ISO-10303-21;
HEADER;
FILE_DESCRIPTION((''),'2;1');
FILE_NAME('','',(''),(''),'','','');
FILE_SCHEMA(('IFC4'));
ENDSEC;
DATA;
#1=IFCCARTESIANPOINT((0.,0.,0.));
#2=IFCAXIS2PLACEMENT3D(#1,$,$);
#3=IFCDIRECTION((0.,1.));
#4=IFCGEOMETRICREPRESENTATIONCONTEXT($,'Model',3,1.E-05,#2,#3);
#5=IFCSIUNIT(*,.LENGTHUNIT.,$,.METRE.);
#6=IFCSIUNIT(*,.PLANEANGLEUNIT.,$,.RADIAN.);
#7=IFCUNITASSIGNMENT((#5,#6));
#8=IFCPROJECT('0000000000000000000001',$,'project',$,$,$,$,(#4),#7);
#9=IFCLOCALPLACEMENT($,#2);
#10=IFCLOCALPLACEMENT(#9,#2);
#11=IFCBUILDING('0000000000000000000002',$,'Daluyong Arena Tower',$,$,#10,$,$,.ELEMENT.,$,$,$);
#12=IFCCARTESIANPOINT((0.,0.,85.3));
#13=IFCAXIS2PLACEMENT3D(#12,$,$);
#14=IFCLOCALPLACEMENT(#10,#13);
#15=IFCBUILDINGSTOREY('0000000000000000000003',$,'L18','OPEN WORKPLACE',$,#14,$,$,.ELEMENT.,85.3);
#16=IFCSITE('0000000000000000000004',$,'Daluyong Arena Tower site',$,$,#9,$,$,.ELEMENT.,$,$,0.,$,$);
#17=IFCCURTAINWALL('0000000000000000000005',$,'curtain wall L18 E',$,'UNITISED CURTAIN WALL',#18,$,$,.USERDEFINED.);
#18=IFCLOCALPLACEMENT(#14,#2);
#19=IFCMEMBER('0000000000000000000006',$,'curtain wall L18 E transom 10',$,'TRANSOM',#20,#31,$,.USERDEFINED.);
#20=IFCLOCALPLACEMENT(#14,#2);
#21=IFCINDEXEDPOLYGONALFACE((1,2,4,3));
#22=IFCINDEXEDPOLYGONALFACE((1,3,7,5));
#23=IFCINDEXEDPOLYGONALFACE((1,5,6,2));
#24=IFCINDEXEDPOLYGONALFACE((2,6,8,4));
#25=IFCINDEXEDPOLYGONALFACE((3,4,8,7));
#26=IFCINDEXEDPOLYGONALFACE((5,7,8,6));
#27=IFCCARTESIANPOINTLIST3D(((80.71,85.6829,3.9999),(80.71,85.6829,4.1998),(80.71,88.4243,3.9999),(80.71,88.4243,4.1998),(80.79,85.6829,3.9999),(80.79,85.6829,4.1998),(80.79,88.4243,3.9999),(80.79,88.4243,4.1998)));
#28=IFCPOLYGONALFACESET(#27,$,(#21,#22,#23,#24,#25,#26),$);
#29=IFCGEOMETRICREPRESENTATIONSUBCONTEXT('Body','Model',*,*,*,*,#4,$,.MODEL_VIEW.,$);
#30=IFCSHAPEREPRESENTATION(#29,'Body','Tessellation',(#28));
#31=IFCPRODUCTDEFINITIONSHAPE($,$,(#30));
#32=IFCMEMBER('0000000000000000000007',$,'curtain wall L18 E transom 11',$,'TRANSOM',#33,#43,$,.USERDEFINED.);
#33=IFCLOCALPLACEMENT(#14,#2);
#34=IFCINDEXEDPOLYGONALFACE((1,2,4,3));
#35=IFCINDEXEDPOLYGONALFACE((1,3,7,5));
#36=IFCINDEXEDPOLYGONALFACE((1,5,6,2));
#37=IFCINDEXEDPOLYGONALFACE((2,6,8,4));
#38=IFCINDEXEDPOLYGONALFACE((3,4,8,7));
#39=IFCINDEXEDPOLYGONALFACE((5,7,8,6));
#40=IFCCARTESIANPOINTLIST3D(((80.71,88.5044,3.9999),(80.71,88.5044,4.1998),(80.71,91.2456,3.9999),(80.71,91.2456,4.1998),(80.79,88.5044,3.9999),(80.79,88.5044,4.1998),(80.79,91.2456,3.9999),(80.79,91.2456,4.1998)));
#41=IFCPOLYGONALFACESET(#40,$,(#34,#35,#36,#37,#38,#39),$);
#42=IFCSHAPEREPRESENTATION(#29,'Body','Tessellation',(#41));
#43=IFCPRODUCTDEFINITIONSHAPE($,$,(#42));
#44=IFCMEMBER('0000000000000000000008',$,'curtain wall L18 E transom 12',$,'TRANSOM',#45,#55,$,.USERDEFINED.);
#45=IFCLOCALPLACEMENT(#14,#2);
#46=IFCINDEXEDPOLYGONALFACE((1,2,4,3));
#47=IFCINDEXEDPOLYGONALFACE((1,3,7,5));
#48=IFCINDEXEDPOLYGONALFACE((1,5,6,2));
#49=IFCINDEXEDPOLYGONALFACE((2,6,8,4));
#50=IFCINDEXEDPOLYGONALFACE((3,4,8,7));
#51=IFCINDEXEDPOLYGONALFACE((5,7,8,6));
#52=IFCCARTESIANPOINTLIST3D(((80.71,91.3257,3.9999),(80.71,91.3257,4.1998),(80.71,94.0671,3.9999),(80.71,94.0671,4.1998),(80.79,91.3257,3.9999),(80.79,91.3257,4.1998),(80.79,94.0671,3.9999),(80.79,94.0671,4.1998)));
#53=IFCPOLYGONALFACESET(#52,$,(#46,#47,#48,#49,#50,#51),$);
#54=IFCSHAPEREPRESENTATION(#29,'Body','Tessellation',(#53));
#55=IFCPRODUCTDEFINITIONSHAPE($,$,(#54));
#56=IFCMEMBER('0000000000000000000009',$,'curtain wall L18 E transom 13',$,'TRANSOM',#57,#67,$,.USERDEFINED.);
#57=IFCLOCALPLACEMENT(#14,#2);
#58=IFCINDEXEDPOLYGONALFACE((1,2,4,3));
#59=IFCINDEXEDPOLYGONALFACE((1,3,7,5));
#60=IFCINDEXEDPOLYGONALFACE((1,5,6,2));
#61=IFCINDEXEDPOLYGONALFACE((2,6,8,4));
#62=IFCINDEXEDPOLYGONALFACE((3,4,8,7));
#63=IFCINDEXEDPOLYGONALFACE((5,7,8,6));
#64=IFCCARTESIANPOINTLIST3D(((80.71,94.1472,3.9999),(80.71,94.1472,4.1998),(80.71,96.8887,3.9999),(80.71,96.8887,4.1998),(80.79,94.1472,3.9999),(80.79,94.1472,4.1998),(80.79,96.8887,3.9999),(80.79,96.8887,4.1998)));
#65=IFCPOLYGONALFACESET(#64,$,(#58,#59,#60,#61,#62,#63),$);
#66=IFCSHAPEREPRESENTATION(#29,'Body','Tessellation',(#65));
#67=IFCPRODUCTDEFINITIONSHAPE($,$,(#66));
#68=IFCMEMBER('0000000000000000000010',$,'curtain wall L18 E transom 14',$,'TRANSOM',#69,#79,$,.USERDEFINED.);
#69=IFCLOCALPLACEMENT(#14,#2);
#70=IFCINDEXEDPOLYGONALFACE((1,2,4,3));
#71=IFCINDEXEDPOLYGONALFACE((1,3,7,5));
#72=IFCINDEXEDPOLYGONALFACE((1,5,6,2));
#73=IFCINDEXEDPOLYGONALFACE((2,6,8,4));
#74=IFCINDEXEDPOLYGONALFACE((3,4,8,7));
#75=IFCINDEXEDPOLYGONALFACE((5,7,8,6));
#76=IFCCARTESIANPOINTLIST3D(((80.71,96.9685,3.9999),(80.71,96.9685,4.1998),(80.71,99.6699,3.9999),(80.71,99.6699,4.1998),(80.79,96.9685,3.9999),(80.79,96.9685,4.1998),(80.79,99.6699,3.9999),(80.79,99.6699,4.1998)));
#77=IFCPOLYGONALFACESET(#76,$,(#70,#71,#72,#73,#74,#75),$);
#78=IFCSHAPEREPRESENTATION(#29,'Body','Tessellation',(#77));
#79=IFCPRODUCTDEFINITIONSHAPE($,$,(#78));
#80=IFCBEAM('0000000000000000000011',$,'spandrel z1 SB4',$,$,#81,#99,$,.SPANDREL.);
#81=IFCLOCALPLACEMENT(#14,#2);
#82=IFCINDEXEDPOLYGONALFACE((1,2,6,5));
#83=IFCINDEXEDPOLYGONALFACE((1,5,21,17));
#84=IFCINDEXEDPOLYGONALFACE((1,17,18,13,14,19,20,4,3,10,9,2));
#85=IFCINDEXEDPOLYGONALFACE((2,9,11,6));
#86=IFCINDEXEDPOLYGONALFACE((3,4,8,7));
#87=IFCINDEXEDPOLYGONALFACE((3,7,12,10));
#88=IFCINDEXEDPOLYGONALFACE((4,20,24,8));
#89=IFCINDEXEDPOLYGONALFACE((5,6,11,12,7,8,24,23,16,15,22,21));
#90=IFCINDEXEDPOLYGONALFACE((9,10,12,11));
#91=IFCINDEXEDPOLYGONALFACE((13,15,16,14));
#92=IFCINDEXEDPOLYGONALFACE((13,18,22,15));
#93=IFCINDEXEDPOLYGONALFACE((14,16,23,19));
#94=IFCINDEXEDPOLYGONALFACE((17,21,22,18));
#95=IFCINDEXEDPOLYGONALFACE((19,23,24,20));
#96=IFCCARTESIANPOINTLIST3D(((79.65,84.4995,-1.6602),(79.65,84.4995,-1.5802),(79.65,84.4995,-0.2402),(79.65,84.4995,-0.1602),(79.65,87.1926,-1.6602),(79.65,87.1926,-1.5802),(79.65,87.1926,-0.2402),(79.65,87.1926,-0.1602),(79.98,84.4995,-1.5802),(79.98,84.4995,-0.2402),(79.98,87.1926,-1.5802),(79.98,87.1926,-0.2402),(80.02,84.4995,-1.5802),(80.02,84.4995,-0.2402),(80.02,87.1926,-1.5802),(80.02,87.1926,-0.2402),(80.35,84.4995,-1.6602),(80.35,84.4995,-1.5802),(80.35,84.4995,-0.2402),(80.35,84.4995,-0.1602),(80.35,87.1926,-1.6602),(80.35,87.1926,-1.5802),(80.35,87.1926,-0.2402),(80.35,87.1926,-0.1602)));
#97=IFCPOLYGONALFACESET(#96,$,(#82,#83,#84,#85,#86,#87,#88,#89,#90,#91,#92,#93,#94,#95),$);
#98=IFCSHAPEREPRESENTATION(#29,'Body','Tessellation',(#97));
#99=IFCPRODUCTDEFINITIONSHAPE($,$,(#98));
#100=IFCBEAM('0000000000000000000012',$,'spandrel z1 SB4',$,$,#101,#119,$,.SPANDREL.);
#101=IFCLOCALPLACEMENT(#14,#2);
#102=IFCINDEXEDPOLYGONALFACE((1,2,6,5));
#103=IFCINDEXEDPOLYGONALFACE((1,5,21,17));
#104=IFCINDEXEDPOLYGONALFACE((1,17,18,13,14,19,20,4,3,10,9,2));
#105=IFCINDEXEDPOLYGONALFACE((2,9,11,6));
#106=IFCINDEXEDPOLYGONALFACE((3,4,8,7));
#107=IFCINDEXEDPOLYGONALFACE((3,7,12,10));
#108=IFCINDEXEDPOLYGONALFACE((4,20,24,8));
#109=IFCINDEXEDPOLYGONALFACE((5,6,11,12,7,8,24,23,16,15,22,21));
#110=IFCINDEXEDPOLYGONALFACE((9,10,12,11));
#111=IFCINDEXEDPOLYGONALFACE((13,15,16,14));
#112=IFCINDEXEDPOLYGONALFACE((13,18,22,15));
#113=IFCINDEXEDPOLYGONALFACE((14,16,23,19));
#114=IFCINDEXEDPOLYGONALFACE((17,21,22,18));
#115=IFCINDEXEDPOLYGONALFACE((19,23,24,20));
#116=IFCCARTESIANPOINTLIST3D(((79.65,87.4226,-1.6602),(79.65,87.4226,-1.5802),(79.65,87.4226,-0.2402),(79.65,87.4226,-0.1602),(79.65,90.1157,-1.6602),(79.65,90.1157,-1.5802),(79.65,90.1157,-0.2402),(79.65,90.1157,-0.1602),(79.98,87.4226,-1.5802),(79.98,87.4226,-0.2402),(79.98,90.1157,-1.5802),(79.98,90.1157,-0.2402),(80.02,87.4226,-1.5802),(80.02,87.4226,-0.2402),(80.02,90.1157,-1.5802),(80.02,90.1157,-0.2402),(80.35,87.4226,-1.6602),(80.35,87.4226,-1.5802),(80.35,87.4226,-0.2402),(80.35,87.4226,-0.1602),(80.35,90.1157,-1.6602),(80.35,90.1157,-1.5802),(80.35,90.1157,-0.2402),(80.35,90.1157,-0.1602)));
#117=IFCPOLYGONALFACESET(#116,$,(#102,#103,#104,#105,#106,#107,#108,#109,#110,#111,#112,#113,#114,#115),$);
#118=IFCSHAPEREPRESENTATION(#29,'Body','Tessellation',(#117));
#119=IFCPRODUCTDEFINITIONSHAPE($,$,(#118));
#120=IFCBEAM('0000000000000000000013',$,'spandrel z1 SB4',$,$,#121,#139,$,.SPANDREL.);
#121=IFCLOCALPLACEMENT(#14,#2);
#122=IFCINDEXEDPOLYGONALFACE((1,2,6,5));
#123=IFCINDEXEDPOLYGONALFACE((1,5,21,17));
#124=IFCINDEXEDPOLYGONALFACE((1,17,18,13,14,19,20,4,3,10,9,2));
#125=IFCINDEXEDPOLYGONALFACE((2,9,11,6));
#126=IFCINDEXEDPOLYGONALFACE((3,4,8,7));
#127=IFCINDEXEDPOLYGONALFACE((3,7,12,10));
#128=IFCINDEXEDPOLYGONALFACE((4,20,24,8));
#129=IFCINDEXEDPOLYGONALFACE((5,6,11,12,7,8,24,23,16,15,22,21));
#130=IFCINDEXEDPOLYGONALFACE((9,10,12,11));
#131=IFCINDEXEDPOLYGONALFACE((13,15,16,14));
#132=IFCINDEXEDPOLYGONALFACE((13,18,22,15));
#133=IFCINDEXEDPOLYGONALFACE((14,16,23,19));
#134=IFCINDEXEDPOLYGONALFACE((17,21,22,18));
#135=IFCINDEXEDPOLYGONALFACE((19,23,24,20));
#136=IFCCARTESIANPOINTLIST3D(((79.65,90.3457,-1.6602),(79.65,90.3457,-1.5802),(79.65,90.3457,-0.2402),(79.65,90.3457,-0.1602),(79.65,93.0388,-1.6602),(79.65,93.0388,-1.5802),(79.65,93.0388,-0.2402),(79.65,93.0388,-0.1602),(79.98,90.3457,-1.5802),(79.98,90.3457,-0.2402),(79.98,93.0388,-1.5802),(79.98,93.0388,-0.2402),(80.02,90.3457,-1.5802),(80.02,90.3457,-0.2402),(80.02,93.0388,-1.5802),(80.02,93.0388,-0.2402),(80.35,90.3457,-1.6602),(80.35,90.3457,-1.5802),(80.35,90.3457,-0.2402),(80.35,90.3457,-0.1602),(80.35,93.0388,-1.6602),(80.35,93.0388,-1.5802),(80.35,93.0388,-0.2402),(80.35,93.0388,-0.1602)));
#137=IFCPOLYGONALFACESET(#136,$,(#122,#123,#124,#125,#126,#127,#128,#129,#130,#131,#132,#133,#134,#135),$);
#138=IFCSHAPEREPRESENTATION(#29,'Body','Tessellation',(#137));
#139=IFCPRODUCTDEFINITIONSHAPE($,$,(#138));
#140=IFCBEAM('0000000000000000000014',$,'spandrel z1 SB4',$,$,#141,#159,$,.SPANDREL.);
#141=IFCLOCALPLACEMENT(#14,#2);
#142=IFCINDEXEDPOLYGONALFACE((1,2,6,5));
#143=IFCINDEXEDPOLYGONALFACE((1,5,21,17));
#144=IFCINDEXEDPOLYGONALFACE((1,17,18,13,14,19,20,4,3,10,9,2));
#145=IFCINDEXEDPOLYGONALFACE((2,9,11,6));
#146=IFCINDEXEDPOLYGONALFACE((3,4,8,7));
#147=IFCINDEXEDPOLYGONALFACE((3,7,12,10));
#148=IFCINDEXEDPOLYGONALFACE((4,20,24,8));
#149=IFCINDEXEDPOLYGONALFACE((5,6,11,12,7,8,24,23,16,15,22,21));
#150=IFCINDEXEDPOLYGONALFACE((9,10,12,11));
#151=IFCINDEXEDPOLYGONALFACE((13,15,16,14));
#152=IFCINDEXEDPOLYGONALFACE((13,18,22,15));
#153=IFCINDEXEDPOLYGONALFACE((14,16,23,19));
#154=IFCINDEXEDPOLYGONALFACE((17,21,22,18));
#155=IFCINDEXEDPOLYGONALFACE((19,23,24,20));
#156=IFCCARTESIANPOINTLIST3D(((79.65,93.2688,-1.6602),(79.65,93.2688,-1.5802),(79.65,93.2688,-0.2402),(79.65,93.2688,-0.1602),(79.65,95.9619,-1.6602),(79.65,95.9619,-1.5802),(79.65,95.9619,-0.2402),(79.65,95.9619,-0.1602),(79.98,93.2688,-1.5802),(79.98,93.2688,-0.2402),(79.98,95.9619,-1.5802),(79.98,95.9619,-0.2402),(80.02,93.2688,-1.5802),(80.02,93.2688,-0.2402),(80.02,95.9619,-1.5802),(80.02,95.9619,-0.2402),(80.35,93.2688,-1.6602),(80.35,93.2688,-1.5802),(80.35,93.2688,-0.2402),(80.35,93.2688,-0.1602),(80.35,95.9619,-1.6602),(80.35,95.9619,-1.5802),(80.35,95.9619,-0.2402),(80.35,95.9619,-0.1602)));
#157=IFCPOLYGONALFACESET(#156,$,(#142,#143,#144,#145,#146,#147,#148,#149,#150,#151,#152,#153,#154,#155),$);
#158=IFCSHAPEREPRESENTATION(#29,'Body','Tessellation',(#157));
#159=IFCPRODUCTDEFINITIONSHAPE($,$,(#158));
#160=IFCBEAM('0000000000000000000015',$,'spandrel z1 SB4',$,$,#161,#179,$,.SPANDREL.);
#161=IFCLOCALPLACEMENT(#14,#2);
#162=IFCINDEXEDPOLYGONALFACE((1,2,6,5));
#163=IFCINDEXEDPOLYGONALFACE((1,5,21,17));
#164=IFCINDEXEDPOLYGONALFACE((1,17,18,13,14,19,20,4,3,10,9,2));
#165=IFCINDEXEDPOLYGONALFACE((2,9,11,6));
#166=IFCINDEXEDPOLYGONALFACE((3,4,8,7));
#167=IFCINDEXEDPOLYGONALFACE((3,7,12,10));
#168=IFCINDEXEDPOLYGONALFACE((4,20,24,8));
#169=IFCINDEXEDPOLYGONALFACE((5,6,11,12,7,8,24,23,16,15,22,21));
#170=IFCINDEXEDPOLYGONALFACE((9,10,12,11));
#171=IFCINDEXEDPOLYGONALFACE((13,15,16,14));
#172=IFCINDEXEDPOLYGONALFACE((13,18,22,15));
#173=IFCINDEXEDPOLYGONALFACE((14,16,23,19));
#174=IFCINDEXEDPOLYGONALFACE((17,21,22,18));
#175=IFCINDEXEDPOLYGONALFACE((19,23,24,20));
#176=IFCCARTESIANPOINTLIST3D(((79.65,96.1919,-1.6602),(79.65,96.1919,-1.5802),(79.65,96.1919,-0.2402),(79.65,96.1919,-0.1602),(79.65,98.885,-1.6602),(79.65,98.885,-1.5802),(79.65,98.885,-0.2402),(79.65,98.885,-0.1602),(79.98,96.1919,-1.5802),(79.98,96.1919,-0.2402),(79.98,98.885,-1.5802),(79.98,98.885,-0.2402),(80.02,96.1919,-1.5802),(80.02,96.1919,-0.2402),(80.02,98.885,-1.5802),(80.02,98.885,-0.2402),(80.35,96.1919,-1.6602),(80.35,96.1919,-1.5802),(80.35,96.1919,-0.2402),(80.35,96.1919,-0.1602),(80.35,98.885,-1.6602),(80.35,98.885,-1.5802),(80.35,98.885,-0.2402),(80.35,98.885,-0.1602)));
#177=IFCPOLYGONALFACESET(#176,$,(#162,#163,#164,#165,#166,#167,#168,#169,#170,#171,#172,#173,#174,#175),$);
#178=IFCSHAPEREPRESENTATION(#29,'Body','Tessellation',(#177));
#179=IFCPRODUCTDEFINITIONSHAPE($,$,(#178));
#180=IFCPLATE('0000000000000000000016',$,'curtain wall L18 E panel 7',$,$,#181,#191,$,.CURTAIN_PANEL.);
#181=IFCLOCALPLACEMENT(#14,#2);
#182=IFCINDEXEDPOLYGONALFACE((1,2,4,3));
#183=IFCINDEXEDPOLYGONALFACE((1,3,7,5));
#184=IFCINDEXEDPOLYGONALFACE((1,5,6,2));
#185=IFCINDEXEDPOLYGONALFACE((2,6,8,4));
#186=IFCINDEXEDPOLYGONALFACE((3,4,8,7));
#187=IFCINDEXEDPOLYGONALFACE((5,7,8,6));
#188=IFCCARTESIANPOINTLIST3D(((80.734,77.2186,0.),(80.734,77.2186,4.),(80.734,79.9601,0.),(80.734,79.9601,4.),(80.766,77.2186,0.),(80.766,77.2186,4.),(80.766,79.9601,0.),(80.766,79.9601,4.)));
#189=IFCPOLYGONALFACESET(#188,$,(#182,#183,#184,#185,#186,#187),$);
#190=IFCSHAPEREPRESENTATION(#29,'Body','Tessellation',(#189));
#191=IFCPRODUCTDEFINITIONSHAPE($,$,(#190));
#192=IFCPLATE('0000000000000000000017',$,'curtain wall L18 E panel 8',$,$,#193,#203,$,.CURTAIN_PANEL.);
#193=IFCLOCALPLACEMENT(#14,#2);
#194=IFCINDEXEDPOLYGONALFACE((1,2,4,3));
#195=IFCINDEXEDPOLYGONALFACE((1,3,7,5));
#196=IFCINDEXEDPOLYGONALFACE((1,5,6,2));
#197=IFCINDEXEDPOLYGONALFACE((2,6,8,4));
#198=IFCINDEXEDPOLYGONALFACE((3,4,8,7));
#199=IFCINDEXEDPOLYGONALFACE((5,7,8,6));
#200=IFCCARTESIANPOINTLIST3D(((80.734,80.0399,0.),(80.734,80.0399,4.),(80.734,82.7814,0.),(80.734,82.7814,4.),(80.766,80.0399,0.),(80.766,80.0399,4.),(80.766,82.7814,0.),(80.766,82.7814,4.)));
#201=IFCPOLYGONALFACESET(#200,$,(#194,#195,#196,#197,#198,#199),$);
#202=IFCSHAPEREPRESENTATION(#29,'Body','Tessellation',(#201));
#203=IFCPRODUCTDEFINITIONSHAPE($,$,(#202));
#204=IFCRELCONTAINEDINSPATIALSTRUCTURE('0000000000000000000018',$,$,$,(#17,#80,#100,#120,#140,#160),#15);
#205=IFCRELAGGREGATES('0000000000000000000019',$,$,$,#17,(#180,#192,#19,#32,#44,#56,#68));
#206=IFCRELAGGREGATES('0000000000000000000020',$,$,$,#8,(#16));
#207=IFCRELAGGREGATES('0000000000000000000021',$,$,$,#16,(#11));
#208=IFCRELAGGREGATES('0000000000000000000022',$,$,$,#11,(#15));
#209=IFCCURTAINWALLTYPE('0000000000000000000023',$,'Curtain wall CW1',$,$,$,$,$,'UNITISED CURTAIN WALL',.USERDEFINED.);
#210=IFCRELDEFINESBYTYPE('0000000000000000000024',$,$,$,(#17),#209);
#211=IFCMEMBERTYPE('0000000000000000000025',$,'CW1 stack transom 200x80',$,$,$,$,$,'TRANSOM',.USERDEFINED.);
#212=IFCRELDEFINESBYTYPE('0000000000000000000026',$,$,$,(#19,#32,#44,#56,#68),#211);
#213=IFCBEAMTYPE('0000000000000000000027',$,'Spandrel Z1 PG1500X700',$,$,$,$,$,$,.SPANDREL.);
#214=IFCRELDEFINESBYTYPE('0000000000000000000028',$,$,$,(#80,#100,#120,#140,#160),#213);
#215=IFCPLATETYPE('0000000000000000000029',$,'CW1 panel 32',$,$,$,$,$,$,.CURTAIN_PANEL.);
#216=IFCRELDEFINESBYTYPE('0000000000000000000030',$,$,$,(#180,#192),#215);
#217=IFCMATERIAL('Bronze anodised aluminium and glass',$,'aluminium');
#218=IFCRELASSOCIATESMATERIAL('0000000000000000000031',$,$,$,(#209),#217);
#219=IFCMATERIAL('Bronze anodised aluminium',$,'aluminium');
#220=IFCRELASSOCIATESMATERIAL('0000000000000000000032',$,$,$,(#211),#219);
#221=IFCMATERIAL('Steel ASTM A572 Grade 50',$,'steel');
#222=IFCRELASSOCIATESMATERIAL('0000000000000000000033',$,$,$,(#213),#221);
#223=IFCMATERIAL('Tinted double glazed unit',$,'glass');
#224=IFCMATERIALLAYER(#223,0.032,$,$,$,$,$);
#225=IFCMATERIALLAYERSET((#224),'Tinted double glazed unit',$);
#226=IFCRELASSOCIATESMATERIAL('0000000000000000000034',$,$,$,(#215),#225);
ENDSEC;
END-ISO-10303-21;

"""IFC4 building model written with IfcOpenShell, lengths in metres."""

from ifc_helpers import new_model, si_unit, direction, frame, origin, origin_2d, place, context, subcontext, project, spatial, rectangle, i_section, extrude, material, layer, layer_set, material_profile, profile_set, type_object, element, aggregate, save


model = new_model("IFC4")

# Units and contexts
model_context = context("Model", 3, precision=1e-05, world=origin(), true_north=direction((0.0, 1.0)))
body_context = subcontext(model_context, "Body", "Model", "MODEL_VIEW")
ifc_project = project(units=[si_unit("LENGTHUNIT", "METRE"), si_unit("PLANEANGLEUNIT", "RADIAN")], contexts=[model_context])

# Site, building, storey
site_placement = place(None, origin())
site = spatial("IfcSite", under=ifc_project, at=site_placement, Name="Daluyong Arena Tower site", CompositionType="ELEMENT", RefElevation=0.0)
building_placement = place(site_placement, origin())
building = spatial("IfcBuilding", under=site, at=building_placement, Name="Daluyong Arena Tower", CompositionType="ELEMENT")
storey_placement = place(building_placement, frame((0.0, 0.0, 85.3)))
storey = spatial("IfcBuildingStorey", under=building, at=storey_placement, Name="L18", Description="OPEN WORKPLACE", CompositionType="ELEMENT", Elevation=85.3)

# Curtain wall, members
ifc_material_1 = material(Name="Bronze anodised aluminium and glass", Category="aluminium")
curtain_wall_type = type_object("IfcCurtainWallType", Name="Curtain wall CW1", ElementType="UNITISED CURTAIN WALL", PredefinedType="USERDEFINED", material=ifc_material_1)
curtain_wall_placement = place(storey_placement, origin())
curtain_wall = element("IfcCurtainWall", 1, at=curtain_wall_placement, inside=storey, type_object=curtain_wall_type, Name="curtain wall L18 E", ObjectType="UNITISED CURTAIN WALL", PredefinedType="USERDEFINED")
ifc_material_2 = material(Name="Bronze anodised aluminium", Category="aluminium")
ifc_material_profile_1 = material_profile(ifc_material_2, rectangle(XDim=0.0801, YDim=0.2, at=origin_2d()))
ifc_profile_set_1 = profile_set([ifc_material_profile_1], Name="Bronze anodised aluminium")
member_type_1 = type_object("IfcMemberType", Name="CW1 stack transom 200x80", ElementType="TRANSOM", PredefinedType="USERDEFINED", material=ifc_profile_set_1)
member_1_placement = place(storey_placement, frame((80.75, 85.6829, 4.0999), z_axis=(0.0, 1.0, 0.0), x_axis=(-1.0, 0.0, 0.0)))
member_1 = element("IfcMember", 2, at=member_1_placement, type_object=member_type_1, Name="curtain wall L18 E transom 10", ObjectType="TRANSOM", PredefinedType="USERDEFINED", context=body_context, shape_type="SweptSolid", body=[
    extrude(rectangle(XDim=0.0801, YDim=0.2, at=origin_2d()), origin(), (0.0, 0.0, 1.0), 2.7415),
])
member_2_placement = place(storey_placement, frame((80.75, 88.5044, 4.0999), z_axis=(0.0, 1.0, 0.0), x_axis=(-1.0, 0.0, 0.0)))
member_2 = element("IfcMember", 3, at=member_2_placement, type_object=member_type_1, Name="curtain wall L18 E transom 11", ObjectType="TRANSOM", PredefinedType="USERDEFINED", context=body_context, shape_type="SweptSolid", body=[
    extrude(rectangle(XDim=0.0801, YDim=0.2, at=origin_2d()), origin(), (0.0, 0.0, 1.0), 2.7412),
])
member_3_placement = place(storey_placement, frame((80.75, 91.3257, 4.0999), z_axis=(0.0, 1.0, 0.0), x_axis=(-1.0, 0.0, 0.0)))
member_3 = element("IfcMember", 4, at=member_3_placement, type_object=member_type_1, Name="curtain wall L18 E transom 12", ObjectType="TRANSOM", PredefinedType="USERDEFINED", context=body_context, shape_type="SweptSolid", body=[
    extrude(rectangle(XDim=0.0801, YDim=0.2, at=origin_2d()), origin(), (0.0, 0.0, 1.0), 2.7415),
])
member_4_placement = place(storey_placement, frame((80.75, 94.1472, 4.0999), z_axis=(0.0, 1.0, 0.0), x_axis=(-1.0, 0.0, 0.0)))
member_4 = element("IfcMember", 5, at=member_4_placement, type_object=member_type_1, Name="curtain wall L18 E transom 13", ObjectType="TRANSOM", PredefinedType="USERDEFINED", context=body_context, shape_type="SweptSolid", body=[
    extrude(rectangle(XDim=0.0801, YDim=0.2, at=origin_2d()), origin(), (0.0, 0.0, 1.0), 2.7415),
])
member_5_placement = place(storey_placement, frame((80.75, 96.9685, 4.0999), z_axis=(0.0, 1.0, 0.0), x_axis=(-1.0, 0.0, 0.0)))
member_5 = element("IfcMember", 6, at=member_5_placement, type_object=member_type_1, Name="curtain wall L18 E transom 14", ObjectType="TRANSOM", PredefinedType="USERDEFINED", context=body_context, shape_type="SweptSolid", body=[
    extrude(rectangle(XDim=0.0801, YDim=0.2, at=origin_2d()), origin(), (0.0, 0.0, 1.0), 2.7014),
])

# Beams
ifc_material_3 = material(Name="Steel ASTM A572 Grade 50", Category="steel")
ifc_material_profile_2 = material_profile(ifc_material_3, i_section(OverallWidth=0.7, OverallDepth=1.5, WebThickness=0.04, FlangeThickness=0.08, at=origin_2d()))
ifc_profile_set_2 = profile_set([ifc_material_profile_2], Name="Steel ASTM A572 Grade 50")
beam_type = type_object("IfcBeamType", Name="Spandrel Z1 PG1500X700", PredefinedType="SPANDREL", material=ifc_profile_set_2)
for number, where, z_axis, x_axis, name in (
    (7, (80.0, 84.4995, -0.9102), (0.0, 1.0, 0.0), (-1.0, 0.0, 0.0), "spandrel z1 SB4"),
    (8, (80.0, 87.4226, -0.9102), (0.0, 1.0, 0.0), (-1.0, 0.0, 0.0), "spandrel z1 SB4"),
    (9, (80.0, 90.3457, -0.9102), (0.0, 1.0, 0.0), (-1.0, 0.0, 0.0), "spandrel z1 SB4"),
    (10, (80.0, 93.2688, -0.9102), (0.0, 1.0, 0.0), (-1.0, 0.0, 0.0), "spandrel z1 SB4"),
    (11, (80.0, 96.1919, -0.9102), (0.0, 1.0, 0.0), (-1.0, 0.0, 0.0), "spandrel z1 SB4"),
):
    element("IfcBeam", number, at=place(storey_placement, frame(where, z_axis=z_axis, x_axis=x_axis)), inside=storey, type_object=beam_type, Name=name, PredefinedType="SPANDREL", context=body_context, shape_type="SweptSolid", body=[
        extrude(i_section(OverallWidth=0.7, OverallDepth=1.5, WebThickness=0.04, FlangeThickness=0.08, at=origin_2d()), origin(), (0.0, 0.0, 1.0), 2.6931),
    ])

# Plates
ifc_material_4 = material(Name="Tinted double glazed unit", Category="glass")
ifc_layer = layer(ifc_material_4, 0.032)
ifc_layer_set = layer_set([ifc_layer], Name="Tinted double glazed unit")
plate_type = type_object("IfcPlateType", Name="CW1 panel 32", PredefinedType="CURTAIN_PANEL", material=ifc_layer_set)
plate_1_placement = place(storey_placement, frame((80.75, 78.5894, 0.0), z_axis=(0.0, 0.0, 1.0), x_axis=(0.0, 1.0, 0.0)))
plate_1 = element("IfcPlate", 12, at=plate_1_placement, type_object=plate_type, Name="curtain wall L18 E panel 7", PredefinedType="CURTAIN_PANEL", context=body_context, shape_type="SweptSolid", body=[
    extrude(rectangle(XDim=2.7415, YDim=0.032, at=origin_2d()), origin(), (0.0, 0.0, 1.0), 4.0),
])
plate_2_placement = place(storey_placement, frame((80.75, 81.4106, 0.0), z_axis=(0.0, 0.0, 1.0), x_axis=(0.0, 1.0, 0.0)))
plate_2 = element("IfcPlate", 13, at=plate_2_placement, type_object=plate_type, Name="curtain wall L18 E panel 8", PredefinedType="CURTAIN_PANEL", context=body_context, shape_type="SweptSolid", body=[
    extrude(rectangle(XDim=2.7415, YDim=0.032, at=origin_2d()), origin(), (0.0, 0.0, 1.0), 4.0),
])
aggregate(curtain_wall, [plate_1, plate_2, member_1, member_2, member_3, member_4, member_5])

save(model, "model.ifc")
